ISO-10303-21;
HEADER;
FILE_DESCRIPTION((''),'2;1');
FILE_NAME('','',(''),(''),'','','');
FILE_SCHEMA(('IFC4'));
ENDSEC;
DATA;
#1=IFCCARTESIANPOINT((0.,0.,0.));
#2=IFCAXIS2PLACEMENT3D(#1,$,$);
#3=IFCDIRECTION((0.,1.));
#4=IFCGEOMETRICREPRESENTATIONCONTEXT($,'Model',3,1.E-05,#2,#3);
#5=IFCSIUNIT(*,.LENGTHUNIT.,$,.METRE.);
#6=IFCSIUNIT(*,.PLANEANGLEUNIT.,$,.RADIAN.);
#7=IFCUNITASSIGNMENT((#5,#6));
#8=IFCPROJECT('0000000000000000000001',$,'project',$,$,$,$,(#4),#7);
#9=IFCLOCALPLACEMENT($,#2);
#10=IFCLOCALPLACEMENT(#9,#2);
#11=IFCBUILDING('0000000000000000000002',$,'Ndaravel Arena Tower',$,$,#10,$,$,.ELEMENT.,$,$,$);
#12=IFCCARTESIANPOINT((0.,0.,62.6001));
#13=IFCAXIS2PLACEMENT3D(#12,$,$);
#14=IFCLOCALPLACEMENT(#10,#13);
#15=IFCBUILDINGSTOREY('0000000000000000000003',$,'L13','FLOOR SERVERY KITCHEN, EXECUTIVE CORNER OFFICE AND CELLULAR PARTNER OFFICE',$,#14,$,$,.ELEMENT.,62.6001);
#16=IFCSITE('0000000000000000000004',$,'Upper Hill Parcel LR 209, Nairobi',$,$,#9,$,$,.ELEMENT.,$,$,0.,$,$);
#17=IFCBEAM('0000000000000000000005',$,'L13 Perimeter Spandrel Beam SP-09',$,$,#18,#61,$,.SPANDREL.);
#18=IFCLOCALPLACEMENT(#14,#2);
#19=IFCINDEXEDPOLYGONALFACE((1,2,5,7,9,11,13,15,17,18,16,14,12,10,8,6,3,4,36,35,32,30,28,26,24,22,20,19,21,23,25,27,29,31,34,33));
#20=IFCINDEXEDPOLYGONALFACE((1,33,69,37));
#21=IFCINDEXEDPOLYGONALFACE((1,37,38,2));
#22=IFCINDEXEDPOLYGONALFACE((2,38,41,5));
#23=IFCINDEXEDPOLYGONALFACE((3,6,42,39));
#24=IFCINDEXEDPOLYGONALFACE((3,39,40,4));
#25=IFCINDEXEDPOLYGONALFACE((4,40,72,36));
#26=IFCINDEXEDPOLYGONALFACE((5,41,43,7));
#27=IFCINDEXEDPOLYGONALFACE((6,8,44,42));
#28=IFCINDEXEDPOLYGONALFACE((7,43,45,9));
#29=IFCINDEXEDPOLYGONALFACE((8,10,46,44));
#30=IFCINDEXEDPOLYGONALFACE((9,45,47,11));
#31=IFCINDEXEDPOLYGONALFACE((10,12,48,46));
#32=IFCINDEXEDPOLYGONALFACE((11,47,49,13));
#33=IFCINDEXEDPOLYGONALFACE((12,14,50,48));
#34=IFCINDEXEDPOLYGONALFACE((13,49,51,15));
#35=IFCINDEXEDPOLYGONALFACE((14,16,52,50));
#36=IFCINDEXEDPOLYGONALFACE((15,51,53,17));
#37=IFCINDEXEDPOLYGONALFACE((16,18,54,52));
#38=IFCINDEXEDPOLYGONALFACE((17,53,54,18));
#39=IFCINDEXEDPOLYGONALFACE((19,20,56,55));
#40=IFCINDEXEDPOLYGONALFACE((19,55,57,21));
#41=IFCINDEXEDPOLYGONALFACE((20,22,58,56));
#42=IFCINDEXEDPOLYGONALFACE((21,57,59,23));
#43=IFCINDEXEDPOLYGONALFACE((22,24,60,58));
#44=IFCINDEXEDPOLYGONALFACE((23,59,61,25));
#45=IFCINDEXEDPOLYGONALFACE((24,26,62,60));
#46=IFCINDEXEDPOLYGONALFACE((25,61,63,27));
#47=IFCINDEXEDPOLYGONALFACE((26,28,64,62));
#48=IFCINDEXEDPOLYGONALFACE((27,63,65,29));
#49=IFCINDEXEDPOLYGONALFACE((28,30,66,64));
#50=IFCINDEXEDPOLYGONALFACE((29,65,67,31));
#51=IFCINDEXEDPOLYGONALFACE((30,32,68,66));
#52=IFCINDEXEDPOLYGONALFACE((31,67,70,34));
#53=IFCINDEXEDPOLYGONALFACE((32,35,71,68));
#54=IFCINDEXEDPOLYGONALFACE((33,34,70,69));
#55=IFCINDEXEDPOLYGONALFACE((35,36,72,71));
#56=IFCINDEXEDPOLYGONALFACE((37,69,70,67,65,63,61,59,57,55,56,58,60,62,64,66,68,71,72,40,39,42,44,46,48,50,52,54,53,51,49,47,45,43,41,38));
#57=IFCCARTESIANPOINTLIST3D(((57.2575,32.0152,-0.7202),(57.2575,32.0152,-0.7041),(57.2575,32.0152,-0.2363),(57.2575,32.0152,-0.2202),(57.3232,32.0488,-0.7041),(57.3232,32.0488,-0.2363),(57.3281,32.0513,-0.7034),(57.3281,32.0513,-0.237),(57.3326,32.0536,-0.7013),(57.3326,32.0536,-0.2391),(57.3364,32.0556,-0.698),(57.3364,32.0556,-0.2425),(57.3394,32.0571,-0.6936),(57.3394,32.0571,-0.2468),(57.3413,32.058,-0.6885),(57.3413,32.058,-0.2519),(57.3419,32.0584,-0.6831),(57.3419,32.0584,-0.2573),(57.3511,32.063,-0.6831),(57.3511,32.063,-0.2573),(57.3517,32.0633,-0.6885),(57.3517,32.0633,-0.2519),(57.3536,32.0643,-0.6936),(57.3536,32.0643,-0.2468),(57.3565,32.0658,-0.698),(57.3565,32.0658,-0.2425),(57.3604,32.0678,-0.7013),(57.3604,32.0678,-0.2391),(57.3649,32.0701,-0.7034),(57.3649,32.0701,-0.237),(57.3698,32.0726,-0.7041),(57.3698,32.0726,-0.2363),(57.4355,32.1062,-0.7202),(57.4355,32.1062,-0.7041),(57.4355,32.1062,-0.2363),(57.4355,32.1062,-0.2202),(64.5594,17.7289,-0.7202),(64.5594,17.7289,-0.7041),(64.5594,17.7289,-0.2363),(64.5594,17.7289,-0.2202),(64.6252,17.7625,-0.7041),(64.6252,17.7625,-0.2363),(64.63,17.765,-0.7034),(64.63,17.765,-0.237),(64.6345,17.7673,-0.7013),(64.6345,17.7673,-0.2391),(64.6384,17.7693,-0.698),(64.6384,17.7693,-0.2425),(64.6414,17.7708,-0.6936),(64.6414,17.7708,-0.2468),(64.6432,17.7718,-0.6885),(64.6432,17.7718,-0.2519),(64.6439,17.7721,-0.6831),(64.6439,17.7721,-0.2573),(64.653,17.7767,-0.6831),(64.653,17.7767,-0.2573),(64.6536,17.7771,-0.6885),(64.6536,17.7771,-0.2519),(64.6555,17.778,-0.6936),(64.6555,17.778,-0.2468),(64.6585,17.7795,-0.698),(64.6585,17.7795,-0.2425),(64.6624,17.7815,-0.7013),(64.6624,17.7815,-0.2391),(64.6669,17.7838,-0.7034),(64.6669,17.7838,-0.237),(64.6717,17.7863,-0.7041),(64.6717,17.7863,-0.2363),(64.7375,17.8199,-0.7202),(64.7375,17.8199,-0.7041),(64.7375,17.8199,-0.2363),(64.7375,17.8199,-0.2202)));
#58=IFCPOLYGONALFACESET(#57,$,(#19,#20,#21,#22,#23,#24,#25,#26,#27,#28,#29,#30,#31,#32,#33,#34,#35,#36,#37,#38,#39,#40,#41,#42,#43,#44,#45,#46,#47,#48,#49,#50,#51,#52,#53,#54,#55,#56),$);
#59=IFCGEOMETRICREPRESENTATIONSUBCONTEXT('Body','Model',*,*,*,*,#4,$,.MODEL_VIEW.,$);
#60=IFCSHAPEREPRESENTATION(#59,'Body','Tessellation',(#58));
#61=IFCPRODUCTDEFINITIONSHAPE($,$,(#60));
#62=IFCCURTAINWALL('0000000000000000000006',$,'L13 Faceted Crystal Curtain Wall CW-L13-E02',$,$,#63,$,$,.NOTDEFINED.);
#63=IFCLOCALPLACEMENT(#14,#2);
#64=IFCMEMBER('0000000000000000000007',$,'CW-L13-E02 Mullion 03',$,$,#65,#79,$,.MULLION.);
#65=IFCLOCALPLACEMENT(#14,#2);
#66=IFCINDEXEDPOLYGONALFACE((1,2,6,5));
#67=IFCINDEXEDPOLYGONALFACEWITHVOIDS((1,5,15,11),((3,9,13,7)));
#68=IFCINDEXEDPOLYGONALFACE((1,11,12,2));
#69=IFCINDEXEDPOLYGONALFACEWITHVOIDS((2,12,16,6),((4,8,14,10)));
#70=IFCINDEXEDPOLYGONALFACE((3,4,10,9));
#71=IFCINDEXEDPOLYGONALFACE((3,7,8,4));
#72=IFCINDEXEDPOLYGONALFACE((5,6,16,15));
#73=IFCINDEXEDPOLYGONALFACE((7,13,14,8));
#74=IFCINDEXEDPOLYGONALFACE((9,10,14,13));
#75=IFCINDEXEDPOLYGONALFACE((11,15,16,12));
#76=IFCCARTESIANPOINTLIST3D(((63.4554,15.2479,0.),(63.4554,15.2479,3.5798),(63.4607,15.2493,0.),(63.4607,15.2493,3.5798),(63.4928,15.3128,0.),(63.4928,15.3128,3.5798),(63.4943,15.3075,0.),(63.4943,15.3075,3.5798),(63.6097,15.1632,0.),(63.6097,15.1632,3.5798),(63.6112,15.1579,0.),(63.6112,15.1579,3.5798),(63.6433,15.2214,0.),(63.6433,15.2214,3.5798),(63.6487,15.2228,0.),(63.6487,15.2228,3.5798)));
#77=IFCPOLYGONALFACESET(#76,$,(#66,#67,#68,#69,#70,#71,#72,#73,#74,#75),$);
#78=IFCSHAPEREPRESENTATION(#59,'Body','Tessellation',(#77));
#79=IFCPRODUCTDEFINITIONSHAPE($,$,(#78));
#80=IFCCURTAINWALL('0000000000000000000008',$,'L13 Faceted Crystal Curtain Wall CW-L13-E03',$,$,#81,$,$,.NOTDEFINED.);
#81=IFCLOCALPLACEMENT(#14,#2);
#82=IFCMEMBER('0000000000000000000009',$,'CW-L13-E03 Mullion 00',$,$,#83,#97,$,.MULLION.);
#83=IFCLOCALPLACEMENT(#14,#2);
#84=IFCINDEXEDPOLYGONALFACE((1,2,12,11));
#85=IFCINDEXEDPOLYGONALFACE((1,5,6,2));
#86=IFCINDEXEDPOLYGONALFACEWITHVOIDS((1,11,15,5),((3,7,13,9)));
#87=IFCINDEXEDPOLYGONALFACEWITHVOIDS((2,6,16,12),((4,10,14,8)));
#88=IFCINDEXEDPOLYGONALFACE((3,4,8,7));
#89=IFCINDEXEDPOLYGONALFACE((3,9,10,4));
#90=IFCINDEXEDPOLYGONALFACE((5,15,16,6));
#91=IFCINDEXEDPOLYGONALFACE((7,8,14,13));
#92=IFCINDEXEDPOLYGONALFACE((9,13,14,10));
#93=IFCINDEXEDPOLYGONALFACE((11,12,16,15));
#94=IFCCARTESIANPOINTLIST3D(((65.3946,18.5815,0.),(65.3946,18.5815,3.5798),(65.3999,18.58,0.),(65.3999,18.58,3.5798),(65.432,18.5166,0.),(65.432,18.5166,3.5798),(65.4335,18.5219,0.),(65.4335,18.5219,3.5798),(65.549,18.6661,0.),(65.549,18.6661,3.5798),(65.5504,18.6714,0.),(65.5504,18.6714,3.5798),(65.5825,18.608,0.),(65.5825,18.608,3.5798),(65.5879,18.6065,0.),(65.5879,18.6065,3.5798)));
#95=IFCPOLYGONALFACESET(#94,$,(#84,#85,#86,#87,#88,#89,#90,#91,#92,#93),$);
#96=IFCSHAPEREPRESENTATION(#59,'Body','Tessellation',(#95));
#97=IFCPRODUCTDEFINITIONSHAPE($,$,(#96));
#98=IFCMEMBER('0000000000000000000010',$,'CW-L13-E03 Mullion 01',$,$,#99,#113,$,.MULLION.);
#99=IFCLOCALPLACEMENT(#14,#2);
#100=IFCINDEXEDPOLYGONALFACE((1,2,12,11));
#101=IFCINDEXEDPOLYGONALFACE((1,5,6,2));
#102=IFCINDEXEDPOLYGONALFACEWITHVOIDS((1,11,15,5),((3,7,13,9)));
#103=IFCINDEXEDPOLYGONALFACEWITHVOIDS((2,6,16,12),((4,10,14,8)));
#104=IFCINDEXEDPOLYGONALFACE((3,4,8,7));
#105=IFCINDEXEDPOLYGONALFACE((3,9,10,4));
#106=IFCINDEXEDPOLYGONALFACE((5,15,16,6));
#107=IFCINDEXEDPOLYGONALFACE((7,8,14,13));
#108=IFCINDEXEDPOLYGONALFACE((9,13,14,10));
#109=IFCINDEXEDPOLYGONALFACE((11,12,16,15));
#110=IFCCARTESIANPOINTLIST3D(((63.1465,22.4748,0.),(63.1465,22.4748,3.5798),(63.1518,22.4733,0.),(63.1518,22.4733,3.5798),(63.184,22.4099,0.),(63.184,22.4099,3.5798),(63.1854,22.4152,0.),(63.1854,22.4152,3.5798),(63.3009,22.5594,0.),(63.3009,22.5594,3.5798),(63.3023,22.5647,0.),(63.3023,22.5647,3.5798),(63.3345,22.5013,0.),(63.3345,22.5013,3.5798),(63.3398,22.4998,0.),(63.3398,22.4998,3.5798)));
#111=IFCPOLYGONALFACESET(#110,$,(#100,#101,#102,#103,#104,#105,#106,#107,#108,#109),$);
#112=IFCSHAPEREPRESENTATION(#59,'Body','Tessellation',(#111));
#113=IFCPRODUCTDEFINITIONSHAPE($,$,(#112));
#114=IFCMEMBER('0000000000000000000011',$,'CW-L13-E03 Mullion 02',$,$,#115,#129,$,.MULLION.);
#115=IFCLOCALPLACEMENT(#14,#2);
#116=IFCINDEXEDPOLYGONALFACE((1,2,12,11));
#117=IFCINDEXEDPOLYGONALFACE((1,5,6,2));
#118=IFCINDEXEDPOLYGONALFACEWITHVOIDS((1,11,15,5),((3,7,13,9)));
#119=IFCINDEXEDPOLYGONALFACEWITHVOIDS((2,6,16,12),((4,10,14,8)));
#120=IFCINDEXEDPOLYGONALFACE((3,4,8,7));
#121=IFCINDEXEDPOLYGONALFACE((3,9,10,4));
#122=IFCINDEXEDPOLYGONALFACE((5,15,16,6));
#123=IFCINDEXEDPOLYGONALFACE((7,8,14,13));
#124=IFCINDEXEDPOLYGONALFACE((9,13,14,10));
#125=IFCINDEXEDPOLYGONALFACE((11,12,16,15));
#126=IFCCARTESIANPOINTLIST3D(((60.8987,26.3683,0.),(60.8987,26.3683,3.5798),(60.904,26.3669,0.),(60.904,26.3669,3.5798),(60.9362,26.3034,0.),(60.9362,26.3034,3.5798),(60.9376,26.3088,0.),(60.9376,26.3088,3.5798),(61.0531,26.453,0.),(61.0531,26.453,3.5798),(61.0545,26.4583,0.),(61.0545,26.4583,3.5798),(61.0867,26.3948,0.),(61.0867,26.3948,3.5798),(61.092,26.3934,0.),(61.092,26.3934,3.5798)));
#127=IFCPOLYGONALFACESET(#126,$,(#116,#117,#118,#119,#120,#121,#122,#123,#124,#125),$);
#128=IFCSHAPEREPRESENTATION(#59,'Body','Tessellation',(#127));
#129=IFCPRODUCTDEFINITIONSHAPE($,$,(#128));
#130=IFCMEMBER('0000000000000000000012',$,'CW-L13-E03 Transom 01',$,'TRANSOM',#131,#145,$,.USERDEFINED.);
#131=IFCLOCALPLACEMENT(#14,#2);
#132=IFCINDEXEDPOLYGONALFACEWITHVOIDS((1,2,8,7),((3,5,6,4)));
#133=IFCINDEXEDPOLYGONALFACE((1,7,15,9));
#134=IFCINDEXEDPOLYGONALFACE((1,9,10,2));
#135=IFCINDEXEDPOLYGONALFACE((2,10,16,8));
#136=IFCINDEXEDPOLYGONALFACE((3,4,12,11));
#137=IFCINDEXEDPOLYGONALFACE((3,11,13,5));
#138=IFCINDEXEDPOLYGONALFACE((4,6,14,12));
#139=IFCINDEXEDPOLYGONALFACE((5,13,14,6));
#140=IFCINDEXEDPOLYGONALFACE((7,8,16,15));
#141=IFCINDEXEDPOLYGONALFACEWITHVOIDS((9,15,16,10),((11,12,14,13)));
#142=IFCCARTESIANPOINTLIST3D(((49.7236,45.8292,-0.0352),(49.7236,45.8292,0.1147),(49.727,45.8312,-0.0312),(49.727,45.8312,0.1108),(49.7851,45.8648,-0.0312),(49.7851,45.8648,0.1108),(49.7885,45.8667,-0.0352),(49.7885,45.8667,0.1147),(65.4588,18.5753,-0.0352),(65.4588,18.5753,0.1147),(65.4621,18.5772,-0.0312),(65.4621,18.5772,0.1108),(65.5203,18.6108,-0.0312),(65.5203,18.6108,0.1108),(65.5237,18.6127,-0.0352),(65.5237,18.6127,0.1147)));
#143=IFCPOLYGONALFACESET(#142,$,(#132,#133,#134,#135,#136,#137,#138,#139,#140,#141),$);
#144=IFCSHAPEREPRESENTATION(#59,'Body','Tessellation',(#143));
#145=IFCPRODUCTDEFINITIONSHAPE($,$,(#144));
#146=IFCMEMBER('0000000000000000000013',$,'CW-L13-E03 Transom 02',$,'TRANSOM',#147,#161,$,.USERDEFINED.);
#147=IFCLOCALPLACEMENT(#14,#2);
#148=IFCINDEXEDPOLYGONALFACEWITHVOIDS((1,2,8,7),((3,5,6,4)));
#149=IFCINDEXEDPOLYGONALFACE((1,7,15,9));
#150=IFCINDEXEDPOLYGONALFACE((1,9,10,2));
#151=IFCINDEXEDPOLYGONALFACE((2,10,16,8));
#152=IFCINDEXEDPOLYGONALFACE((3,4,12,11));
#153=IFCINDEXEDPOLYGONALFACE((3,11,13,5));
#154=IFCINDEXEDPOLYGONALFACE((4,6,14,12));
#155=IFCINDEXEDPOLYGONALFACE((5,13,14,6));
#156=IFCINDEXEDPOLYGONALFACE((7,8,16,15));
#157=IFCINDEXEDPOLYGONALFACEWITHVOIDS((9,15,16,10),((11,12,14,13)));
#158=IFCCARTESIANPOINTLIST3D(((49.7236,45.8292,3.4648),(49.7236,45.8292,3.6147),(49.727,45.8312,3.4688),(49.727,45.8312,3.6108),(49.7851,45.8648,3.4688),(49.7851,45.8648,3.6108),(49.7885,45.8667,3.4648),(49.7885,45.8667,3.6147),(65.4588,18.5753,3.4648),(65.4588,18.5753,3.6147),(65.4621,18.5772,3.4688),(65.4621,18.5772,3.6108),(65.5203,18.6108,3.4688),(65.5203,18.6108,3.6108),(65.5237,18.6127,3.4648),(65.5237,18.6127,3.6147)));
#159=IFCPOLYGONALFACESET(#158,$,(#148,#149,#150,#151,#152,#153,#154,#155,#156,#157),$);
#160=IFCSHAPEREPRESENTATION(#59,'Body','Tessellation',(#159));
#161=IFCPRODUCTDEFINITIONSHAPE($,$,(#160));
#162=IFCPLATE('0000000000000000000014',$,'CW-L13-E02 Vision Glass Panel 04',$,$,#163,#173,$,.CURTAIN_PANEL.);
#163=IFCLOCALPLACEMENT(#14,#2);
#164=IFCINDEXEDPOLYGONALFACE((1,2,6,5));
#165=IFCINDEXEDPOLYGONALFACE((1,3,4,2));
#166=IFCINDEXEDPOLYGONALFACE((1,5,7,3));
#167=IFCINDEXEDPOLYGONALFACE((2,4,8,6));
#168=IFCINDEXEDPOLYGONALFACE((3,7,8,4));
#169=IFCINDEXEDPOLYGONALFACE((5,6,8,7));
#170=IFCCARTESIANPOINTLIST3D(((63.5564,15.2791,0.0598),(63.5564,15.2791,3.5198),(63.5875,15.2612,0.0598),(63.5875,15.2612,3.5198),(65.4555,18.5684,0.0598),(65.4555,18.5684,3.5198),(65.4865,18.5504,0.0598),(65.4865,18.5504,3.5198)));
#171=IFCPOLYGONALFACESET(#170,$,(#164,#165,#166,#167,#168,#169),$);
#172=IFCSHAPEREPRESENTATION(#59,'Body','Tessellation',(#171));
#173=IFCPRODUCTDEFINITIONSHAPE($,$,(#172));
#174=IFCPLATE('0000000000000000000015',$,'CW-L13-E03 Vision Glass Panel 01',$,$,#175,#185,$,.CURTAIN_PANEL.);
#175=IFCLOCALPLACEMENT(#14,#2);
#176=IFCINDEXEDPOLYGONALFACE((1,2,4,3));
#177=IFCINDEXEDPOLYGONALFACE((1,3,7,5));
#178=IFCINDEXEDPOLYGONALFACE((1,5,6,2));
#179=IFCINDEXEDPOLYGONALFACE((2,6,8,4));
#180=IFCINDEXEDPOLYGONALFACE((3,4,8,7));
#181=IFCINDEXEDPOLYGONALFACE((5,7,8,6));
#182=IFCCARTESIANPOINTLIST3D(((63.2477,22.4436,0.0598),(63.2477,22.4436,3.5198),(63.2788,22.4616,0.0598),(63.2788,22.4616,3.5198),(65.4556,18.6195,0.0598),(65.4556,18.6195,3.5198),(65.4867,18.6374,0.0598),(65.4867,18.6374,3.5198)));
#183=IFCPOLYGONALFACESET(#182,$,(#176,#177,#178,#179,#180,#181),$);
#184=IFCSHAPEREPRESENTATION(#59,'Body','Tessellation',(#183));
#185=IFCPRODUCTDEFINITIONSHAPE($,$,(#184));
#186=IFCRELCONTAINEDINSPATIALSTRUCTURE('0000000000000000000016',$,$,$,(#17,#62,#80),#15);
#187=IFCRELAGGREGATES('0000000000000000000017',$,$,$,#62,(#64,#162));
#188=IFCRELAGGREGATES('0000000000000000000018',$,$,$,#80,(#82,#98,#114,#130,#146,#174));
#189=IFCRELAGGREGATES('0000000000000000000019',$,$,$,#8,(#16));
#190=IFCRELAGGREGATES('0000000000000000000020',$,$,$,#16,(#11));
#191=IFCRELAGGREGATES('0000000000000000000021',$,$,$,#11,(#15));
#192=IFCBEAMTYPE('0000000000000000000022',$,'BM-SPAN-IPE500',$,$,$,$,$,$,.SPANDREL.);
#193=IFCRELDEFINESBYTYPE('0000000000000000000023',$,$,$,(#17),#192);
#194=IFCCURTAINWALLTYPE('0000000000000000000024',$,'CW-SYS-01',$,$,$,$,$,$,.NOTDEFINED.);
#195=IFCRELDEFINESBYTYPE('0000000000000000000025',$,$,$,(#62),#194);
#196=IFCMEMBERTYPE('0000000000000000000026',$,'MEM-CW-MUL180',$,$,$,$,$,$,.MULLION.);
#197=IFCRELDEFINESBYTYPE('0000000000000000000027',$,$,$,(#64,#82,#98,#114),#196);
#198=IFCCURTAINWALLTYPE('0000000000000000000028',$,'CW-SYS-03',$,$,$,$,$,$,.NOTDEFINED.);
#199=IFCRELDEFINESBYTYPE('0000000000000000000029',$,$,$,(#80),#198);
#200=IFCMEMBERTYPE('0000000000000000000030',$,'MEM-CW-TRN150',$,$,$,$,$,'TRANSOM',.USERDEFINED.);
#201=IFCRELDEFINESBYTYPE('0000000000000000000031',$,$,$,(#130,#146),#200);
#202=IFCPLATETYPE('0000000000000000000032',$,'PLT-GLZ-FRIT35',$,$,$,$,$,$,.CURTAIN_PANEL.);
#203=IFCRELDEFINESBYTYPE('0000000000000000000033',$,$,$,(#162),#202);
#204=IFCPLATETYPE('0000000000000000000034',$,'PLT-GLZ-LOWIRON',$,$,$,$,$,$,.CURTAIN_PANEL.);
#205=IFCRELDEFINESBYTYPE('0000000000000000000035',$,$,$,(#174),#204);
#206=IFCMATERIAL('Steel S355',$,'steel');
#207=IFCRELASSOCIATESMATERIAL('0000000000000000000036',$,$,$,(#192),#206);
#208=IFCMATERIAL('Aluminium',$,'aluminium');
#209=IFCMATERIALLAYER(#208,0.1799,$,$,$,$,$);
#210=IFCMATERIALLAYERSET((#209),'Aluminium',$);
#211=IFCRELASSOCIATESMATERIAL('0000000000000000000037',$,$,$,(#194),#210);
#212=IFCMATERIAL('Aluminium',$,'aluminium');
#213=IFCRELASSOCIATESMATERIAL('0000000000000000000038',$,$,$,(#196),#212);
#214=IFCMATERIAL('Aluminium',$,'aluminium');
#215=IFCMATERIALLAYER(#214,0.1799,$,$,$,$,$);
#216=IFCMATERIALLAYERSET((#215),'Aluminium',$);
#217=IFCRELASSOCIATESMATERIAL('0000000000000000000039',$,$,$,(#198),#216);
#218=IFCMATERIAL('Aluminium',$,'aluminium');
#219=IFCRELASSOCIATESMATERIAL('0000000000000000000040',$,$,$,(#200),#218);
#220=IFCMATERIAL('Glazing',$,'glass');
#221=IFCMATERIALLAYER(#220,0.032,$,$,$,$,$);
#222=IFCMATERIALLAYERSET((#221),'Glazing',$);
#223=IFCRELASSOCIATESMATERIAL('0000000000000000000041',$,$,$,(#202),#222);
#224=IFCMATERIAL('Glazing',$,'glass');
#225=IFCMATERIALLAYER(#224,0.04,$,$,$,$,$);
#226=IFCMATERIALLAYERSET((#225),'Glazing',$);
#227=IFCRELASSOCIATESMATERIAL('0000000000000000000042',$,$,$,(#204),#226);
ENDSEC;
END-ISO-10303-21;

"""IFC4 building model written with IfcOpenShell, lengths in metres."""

from ifc_helpers import new_model, si_unit, direction, frame, origin, origin_2d, place, context, subcontext, project, spatial, rectangle, hollow_rectangle, i_section, extrude, material, layer, layer_set, material_profile, profile_set, type_object, element, aggregate, save


model = new_model("IFC4")

# Units and contexts
model_context = context("Model", 3, precision=1e-05, world=origin(), true_north=direction((0.0, 1.0)))
body_context = subcontext(model_context, "Body", "Model", "MODEL_VIEW")
ifc_project = project(units=[si_unit("LENGTHUNIT", "METRE"), si_unit("PLANEANGLEUNIT", "RADIAN")], contexts=[model_context])

# Site, building, storey
site_placement = place(None, origin())
site = spatial("IfcSite", under=ifc_project, at=site_placement, Name="Upper Hill Parcel LR 209, Nairobi", CompositionType="ELEMENT", RefElevation=0.0)
building_placement = place(site_placement, origin())
building = spatial("IfcBuilding", under=site, at=building_placement, Name="Ndaravel Arena Tower", CompositionType="ELEMENT")
storey_placement = place(building_placement, frame((0.0, 0.0, 62.6001)))
storey = spatial("IfcBuildingStorey", under=building, at=storey_placement, Name="L13", Description="FLOOR SERVERY KITCHEN, EXECUTIVE CORNER OFFICE AND CELLULAR PARTNER OFFICE", CompositionType="ELEMENT", Elevation=62.6001)

# Beam
ifc_material_1 = material(Name="Steel S355", Category="steel")
ifc_material_profile_1 = material_profile(ifc_material_1, i_section(OverallWidth=0.2, OverallDepth=0.5, WebThickness=0.0103, FlangeThickness=0.0161, FilletRadius=0.021, at=origin_2d()), Name="IPE 500")
ifc_profile_set_1 = profile_set([ifc_material_profile_1], Name="Steel S355")
beam_type_1 = type_object("IfcBeamType", Name="BM-SPAN-IPE500", PredefinedType="SPANDREL", material=ifc_profile_set_1)
beam_1_placement = place(storey_placement, frame((64.6484, 17.7744, -0.4702), z_axis=(-0.455115, 0.890433, 0.0), x_axis=(-0.890433, -0.455115, 0.0)))
element("IfcBeam", 1, at=beam_1_placement, inside=storey, type_object=beam_type_1, Name="L13 Perimeter Spandrel Beam SP-09", PredefinedType="SPANDREL", context=body_context, shape_type="SweptSolid", body=[
    extrude(i_section(OverallWidth=0.2, OverallDepth=0.5, WebThickness=0.0103, FlangeThickness=0.0161, FilletRadius=0.021, at=origin_2d()), origin(), (0.0, 0.0, 1.0), 16.0442),
])

# Curtain wall, member
ifc_material_2 = material(Name="Aluminium", Category="aluminium")
ifc_layer_1 = layer(ifc_material_2, 0.1799)
ifc_layer_set_1 = layer_set([ifc_layer_1], Name="Aluminium")
curtain_wall_type_1 = type_object("IfcCurtainWallType", Name="CW-SYS-01", PredefinedType="NOTDEFINED", material=ifc_layer_set_1)
curtain_wall_1_placement = place(storey_placement, origin())
curtain_wall_1 = element("IfcCurtainWall", 2, at=curtain_wall_1_placement, inside=storey, type_object=curtain_wall_type_1, Name="L13 Faceted Crystal Curtain Wall CW-L13-E02", PredefinedType="NOTDEFINED")
ifc_material_3 = material(Name="Aluminium", Category="aluminium")
ifc_material_profile_2 = material_profile(ifc_material_3, hollow_rectangle(XDim=0.075, YDim=0.1799, WallThickness=0.0039, at=origin_2d()), Name="CW MULLION 75x180x4")
ifc_profile_set_2 = profile_set([ifc_material_profile_2], Name="Aluminium")
member_type_1 = type_object("IfcMemberType", Name="MEM-CW-MUL180", PredefinedType="MULLION", material=ifc_profile_set_2)
member_1_placement = place(storey_placement, frame((63.552, 15.2354, 0.0), z_axis=(0.0, 0.0, 1.0), x_axis=(0.5, 0.866025, 0.0)))
member_1 = element("IfcMember", 3, at=member_1_placement, type_object=member_type_1, Name="CW-L13-E02 Mullion 03", PredefinedType="MULLION", context=body_context, shape_type="SweptSolid", body=[
    extrude(hollow_rectangle(XDim=0.075, YDim=0.1799, WallThickness=0.0039, at=origin_2d()), origin(), (0.0, 0.0, 1.0), 3.5798),
])

# Curtain wall, members
ifc_material_4 = material(Name="Aluminium", Category="aluminium")
ifc_layer_2 = layer(ifc_material_4, 0.1799)
ifc_layer_set_2 = layer_set([ifc_layer_2], Name="Aluminium")
curtain_wall_type_2 = type_object("IfcCurtainWallType", Name="CW-SYS-03", PredefinedType="NOTDEFINED", material=ifc_layer_set_2)
curtain_wall_2_placement = place(storey_placement, origin())
curtain_wall_2 = element("IfcCurtainWall", 4, at=curtain_wall_2_placement, inside=storey, type_object=curtain_wall_type_2, Name="L13 Faceted Crystal Curtain Wall CW-L13-E03", PredefinedType="NOTDEFINED")
member_2_placement = place(storey_placement, frame((65.4912, 18.594, 0.0), z_axis=(0.0, 0.0, 1.0), x_axis=(-0.5, 0.866025, 0.0)))
member_2 = element("IfcMember", 5, at=member_2_placement, type_object=member_type_1, Name="CW-L13-E03 Mullion 00", PredefinedType="MULLION", context=body_context, shape_type="SweptSolid", body=[
    extrude(hollow_rectangle(XDim=0.075, YDim=0.1799, WallThickness=0.0039, at=origin_2d()), origin(), (0.0, 0.0, 1.0), 3.5798),
])
member_3_placement = place(storey_placement, frame((63.2432, 22.4873, 0.0), z_axis=(0.0, 0.0, 1.0), x_axis=(-0.5, 0.866025, 0.0)))
member_3 = element("IfcMember", 6, at=member_3_placement, type_object=member_type_1, Name="CW-L13-E03 Mullion 01", PredefinedType="MULLION", context=body_context, shape_type="SweptSolid", body=[
    extrude(hollow_rectangle(XDim=0.075, YDim=0.1799, WallThickness=0.0039, at=origin_2d()), origin(), (0.0, 0.0, 1.0), 3.5798),
])
member_4_placement = place(storey_placement, frame((60.9954, 26.3809, 0.0), z_axis=(0.0, 0.0, 1.0), x_axis=(-0.5, 0.866025, 0.0)))
member_4 = element("IfcMember", 7, at=member_4_placement, type_object=member_type_1, Name="CW-L13-E03 Mullion 02", PredefinedType="MULLION", context=body_context, shape_type="SweptSolid", body=[
    extrude(hollow_rectangle(XDim=0.075, YDim=0.1799, WallThickness=0.0039, at=origin_2d()), origin(), (0.0, 0.0, 1.0), 3.5798),
])
ifc_material_5 = material(Name="Aluminium", Category="aluminium")
ifc_material_profile_3 = material_profile(ifc_material_5, hollow_rectangle(XDim=0.075, YDim=0.1499, WallThickness=0.0039, at=origin_2d()), Name="CW TRANSOM 75x150x4")
ifc_profile_set_3 = profile_set([ifc_material_profile_3], Name="Aluminium")
member_type_2 = type_object("IfcMemberType", Name="MEM-CW-TRN150", ElementType="TRANSOM", PredefinedType="USERDEFINED", material=ifc_profile_set_3)
member_5_placement = place(storey_placement, frame((65.4912, 18.594, 0.0398), z_axis=(-0.500001, 0.866025, 0.0), x_axis=(-0.866025, -0.500001, 0.0)))
member_5 = element("IfcMember", 8, at=member_5_placement, type_object=member_type_2, Name="CW-L13-E03 Transom 01", ObjectType="TRANSOM", PredefinedType="USERDEFINED", context=body_context, shape_type="SweptSolid", body=[
    extrude(hollow_rectangle(XDim=0.075, YDim=0.1499, WallThickness=0.0039, at=origin_2d()), origin(), (0.0, 0.0, 1.0), 31.4702),
])
member_6_placement = place(storey_placement, frame((65.4912, 18.594, 3.5398), z_axis=(-0.500001, 0.866025, 0.0), x_axis=(-0.866025, -0.500001, 0.0)))
member_6 = element("IfcMember", 9, at=member_6_placement, type_object=member_type_2, Name="CW-L13-E03 Transom 02", ObjectType="TRANSOM", PredefinedType="USERDEFINED", context=body_context, shape_type="SweptSolid", body=[
    extrude(hollow_rectangle(XDim=0.075, YDim=0.1499, WallThickness=0.0039, at=origin_2d()), origin(), (0.0, 0.0, 1.0), 31.4702),
])

# Plates
ifc_material_6 = material(Name="Glazing", Category="glass")
ifc_layer_3 = layer(ifc_material_6, 0.032)
ifc_layer_set_3 = layer_set([ifc_layer_3], Name="Glazing")
plate_type_1 = type_object("IfcPlateType", Name="PLT-GLZ-FRIT35", PredefinedType="CURTAIN_PANEL", material=ifc_layer_set_3)
plate_1_placement = place(storey_placement, frame((64.5215, 16.9148, 0.0598), z_axis=(0.0, 0.0, 1.0), x_axis=(0.5, 0.866025, 0.0)))
plate_1 = element("IfcPlate", 10, at=plate_1_placement, type_object=plate_type_1, Name="CW-L13-E02 Vision Glass Panel 04", PredefinedType="CURTAIN_PANEL", context=body_context, shape_type="SweptSolid", body=[
    extrude(rectangle(XDim=3.7981, YDim=0.0359, at=origin_2d()), origin(), (0.0, 0.0, 1.0), 3.46),
])
aggregate(curtain_wall_1, [member_1, plate_1])
ifc_material_7 = material(Name="Glazing", Category="glass")
ifc_layer_4 = layer(ifc_material_7, 0.04)
ifc_layer_set_4 = layer_set([ifc_layer_4], Name="Glazing")
plate_type_2 = type_object("IfcPlateType", Name="PLT-GLZ-LOWIRON", PredefinedType="CURTAIN_PANEL", material=ifc_layer_set_4)
plate_2_placement = place(storey_placement, frame((64.3672, 20.5405, 0.0598), z_axis=(0.0, 0.0, 1.0), x_axis=(-0.5, 0.866025, 0.0)))
plate_2 = element("IfcPlate", 11, at=plate_2_placement, type_object=plate_type_2, Name="CW-L13-E03 Vision Glass Panel 01", PredefinedType="CURTAIN_PANEL", context=body_context, shape_type="SweptSolid", body=[
    extrude(rectangle(XDim=4.4158, YDim=0.0359, at=origin_2d()), origin(), (0.0, 0.0, 1.0), 3.46),
])
aggregate(curtain_wall_2, [member_2, member_3, member_4, member_5, member_6, plate_2])

save(model, "model.ifc")
